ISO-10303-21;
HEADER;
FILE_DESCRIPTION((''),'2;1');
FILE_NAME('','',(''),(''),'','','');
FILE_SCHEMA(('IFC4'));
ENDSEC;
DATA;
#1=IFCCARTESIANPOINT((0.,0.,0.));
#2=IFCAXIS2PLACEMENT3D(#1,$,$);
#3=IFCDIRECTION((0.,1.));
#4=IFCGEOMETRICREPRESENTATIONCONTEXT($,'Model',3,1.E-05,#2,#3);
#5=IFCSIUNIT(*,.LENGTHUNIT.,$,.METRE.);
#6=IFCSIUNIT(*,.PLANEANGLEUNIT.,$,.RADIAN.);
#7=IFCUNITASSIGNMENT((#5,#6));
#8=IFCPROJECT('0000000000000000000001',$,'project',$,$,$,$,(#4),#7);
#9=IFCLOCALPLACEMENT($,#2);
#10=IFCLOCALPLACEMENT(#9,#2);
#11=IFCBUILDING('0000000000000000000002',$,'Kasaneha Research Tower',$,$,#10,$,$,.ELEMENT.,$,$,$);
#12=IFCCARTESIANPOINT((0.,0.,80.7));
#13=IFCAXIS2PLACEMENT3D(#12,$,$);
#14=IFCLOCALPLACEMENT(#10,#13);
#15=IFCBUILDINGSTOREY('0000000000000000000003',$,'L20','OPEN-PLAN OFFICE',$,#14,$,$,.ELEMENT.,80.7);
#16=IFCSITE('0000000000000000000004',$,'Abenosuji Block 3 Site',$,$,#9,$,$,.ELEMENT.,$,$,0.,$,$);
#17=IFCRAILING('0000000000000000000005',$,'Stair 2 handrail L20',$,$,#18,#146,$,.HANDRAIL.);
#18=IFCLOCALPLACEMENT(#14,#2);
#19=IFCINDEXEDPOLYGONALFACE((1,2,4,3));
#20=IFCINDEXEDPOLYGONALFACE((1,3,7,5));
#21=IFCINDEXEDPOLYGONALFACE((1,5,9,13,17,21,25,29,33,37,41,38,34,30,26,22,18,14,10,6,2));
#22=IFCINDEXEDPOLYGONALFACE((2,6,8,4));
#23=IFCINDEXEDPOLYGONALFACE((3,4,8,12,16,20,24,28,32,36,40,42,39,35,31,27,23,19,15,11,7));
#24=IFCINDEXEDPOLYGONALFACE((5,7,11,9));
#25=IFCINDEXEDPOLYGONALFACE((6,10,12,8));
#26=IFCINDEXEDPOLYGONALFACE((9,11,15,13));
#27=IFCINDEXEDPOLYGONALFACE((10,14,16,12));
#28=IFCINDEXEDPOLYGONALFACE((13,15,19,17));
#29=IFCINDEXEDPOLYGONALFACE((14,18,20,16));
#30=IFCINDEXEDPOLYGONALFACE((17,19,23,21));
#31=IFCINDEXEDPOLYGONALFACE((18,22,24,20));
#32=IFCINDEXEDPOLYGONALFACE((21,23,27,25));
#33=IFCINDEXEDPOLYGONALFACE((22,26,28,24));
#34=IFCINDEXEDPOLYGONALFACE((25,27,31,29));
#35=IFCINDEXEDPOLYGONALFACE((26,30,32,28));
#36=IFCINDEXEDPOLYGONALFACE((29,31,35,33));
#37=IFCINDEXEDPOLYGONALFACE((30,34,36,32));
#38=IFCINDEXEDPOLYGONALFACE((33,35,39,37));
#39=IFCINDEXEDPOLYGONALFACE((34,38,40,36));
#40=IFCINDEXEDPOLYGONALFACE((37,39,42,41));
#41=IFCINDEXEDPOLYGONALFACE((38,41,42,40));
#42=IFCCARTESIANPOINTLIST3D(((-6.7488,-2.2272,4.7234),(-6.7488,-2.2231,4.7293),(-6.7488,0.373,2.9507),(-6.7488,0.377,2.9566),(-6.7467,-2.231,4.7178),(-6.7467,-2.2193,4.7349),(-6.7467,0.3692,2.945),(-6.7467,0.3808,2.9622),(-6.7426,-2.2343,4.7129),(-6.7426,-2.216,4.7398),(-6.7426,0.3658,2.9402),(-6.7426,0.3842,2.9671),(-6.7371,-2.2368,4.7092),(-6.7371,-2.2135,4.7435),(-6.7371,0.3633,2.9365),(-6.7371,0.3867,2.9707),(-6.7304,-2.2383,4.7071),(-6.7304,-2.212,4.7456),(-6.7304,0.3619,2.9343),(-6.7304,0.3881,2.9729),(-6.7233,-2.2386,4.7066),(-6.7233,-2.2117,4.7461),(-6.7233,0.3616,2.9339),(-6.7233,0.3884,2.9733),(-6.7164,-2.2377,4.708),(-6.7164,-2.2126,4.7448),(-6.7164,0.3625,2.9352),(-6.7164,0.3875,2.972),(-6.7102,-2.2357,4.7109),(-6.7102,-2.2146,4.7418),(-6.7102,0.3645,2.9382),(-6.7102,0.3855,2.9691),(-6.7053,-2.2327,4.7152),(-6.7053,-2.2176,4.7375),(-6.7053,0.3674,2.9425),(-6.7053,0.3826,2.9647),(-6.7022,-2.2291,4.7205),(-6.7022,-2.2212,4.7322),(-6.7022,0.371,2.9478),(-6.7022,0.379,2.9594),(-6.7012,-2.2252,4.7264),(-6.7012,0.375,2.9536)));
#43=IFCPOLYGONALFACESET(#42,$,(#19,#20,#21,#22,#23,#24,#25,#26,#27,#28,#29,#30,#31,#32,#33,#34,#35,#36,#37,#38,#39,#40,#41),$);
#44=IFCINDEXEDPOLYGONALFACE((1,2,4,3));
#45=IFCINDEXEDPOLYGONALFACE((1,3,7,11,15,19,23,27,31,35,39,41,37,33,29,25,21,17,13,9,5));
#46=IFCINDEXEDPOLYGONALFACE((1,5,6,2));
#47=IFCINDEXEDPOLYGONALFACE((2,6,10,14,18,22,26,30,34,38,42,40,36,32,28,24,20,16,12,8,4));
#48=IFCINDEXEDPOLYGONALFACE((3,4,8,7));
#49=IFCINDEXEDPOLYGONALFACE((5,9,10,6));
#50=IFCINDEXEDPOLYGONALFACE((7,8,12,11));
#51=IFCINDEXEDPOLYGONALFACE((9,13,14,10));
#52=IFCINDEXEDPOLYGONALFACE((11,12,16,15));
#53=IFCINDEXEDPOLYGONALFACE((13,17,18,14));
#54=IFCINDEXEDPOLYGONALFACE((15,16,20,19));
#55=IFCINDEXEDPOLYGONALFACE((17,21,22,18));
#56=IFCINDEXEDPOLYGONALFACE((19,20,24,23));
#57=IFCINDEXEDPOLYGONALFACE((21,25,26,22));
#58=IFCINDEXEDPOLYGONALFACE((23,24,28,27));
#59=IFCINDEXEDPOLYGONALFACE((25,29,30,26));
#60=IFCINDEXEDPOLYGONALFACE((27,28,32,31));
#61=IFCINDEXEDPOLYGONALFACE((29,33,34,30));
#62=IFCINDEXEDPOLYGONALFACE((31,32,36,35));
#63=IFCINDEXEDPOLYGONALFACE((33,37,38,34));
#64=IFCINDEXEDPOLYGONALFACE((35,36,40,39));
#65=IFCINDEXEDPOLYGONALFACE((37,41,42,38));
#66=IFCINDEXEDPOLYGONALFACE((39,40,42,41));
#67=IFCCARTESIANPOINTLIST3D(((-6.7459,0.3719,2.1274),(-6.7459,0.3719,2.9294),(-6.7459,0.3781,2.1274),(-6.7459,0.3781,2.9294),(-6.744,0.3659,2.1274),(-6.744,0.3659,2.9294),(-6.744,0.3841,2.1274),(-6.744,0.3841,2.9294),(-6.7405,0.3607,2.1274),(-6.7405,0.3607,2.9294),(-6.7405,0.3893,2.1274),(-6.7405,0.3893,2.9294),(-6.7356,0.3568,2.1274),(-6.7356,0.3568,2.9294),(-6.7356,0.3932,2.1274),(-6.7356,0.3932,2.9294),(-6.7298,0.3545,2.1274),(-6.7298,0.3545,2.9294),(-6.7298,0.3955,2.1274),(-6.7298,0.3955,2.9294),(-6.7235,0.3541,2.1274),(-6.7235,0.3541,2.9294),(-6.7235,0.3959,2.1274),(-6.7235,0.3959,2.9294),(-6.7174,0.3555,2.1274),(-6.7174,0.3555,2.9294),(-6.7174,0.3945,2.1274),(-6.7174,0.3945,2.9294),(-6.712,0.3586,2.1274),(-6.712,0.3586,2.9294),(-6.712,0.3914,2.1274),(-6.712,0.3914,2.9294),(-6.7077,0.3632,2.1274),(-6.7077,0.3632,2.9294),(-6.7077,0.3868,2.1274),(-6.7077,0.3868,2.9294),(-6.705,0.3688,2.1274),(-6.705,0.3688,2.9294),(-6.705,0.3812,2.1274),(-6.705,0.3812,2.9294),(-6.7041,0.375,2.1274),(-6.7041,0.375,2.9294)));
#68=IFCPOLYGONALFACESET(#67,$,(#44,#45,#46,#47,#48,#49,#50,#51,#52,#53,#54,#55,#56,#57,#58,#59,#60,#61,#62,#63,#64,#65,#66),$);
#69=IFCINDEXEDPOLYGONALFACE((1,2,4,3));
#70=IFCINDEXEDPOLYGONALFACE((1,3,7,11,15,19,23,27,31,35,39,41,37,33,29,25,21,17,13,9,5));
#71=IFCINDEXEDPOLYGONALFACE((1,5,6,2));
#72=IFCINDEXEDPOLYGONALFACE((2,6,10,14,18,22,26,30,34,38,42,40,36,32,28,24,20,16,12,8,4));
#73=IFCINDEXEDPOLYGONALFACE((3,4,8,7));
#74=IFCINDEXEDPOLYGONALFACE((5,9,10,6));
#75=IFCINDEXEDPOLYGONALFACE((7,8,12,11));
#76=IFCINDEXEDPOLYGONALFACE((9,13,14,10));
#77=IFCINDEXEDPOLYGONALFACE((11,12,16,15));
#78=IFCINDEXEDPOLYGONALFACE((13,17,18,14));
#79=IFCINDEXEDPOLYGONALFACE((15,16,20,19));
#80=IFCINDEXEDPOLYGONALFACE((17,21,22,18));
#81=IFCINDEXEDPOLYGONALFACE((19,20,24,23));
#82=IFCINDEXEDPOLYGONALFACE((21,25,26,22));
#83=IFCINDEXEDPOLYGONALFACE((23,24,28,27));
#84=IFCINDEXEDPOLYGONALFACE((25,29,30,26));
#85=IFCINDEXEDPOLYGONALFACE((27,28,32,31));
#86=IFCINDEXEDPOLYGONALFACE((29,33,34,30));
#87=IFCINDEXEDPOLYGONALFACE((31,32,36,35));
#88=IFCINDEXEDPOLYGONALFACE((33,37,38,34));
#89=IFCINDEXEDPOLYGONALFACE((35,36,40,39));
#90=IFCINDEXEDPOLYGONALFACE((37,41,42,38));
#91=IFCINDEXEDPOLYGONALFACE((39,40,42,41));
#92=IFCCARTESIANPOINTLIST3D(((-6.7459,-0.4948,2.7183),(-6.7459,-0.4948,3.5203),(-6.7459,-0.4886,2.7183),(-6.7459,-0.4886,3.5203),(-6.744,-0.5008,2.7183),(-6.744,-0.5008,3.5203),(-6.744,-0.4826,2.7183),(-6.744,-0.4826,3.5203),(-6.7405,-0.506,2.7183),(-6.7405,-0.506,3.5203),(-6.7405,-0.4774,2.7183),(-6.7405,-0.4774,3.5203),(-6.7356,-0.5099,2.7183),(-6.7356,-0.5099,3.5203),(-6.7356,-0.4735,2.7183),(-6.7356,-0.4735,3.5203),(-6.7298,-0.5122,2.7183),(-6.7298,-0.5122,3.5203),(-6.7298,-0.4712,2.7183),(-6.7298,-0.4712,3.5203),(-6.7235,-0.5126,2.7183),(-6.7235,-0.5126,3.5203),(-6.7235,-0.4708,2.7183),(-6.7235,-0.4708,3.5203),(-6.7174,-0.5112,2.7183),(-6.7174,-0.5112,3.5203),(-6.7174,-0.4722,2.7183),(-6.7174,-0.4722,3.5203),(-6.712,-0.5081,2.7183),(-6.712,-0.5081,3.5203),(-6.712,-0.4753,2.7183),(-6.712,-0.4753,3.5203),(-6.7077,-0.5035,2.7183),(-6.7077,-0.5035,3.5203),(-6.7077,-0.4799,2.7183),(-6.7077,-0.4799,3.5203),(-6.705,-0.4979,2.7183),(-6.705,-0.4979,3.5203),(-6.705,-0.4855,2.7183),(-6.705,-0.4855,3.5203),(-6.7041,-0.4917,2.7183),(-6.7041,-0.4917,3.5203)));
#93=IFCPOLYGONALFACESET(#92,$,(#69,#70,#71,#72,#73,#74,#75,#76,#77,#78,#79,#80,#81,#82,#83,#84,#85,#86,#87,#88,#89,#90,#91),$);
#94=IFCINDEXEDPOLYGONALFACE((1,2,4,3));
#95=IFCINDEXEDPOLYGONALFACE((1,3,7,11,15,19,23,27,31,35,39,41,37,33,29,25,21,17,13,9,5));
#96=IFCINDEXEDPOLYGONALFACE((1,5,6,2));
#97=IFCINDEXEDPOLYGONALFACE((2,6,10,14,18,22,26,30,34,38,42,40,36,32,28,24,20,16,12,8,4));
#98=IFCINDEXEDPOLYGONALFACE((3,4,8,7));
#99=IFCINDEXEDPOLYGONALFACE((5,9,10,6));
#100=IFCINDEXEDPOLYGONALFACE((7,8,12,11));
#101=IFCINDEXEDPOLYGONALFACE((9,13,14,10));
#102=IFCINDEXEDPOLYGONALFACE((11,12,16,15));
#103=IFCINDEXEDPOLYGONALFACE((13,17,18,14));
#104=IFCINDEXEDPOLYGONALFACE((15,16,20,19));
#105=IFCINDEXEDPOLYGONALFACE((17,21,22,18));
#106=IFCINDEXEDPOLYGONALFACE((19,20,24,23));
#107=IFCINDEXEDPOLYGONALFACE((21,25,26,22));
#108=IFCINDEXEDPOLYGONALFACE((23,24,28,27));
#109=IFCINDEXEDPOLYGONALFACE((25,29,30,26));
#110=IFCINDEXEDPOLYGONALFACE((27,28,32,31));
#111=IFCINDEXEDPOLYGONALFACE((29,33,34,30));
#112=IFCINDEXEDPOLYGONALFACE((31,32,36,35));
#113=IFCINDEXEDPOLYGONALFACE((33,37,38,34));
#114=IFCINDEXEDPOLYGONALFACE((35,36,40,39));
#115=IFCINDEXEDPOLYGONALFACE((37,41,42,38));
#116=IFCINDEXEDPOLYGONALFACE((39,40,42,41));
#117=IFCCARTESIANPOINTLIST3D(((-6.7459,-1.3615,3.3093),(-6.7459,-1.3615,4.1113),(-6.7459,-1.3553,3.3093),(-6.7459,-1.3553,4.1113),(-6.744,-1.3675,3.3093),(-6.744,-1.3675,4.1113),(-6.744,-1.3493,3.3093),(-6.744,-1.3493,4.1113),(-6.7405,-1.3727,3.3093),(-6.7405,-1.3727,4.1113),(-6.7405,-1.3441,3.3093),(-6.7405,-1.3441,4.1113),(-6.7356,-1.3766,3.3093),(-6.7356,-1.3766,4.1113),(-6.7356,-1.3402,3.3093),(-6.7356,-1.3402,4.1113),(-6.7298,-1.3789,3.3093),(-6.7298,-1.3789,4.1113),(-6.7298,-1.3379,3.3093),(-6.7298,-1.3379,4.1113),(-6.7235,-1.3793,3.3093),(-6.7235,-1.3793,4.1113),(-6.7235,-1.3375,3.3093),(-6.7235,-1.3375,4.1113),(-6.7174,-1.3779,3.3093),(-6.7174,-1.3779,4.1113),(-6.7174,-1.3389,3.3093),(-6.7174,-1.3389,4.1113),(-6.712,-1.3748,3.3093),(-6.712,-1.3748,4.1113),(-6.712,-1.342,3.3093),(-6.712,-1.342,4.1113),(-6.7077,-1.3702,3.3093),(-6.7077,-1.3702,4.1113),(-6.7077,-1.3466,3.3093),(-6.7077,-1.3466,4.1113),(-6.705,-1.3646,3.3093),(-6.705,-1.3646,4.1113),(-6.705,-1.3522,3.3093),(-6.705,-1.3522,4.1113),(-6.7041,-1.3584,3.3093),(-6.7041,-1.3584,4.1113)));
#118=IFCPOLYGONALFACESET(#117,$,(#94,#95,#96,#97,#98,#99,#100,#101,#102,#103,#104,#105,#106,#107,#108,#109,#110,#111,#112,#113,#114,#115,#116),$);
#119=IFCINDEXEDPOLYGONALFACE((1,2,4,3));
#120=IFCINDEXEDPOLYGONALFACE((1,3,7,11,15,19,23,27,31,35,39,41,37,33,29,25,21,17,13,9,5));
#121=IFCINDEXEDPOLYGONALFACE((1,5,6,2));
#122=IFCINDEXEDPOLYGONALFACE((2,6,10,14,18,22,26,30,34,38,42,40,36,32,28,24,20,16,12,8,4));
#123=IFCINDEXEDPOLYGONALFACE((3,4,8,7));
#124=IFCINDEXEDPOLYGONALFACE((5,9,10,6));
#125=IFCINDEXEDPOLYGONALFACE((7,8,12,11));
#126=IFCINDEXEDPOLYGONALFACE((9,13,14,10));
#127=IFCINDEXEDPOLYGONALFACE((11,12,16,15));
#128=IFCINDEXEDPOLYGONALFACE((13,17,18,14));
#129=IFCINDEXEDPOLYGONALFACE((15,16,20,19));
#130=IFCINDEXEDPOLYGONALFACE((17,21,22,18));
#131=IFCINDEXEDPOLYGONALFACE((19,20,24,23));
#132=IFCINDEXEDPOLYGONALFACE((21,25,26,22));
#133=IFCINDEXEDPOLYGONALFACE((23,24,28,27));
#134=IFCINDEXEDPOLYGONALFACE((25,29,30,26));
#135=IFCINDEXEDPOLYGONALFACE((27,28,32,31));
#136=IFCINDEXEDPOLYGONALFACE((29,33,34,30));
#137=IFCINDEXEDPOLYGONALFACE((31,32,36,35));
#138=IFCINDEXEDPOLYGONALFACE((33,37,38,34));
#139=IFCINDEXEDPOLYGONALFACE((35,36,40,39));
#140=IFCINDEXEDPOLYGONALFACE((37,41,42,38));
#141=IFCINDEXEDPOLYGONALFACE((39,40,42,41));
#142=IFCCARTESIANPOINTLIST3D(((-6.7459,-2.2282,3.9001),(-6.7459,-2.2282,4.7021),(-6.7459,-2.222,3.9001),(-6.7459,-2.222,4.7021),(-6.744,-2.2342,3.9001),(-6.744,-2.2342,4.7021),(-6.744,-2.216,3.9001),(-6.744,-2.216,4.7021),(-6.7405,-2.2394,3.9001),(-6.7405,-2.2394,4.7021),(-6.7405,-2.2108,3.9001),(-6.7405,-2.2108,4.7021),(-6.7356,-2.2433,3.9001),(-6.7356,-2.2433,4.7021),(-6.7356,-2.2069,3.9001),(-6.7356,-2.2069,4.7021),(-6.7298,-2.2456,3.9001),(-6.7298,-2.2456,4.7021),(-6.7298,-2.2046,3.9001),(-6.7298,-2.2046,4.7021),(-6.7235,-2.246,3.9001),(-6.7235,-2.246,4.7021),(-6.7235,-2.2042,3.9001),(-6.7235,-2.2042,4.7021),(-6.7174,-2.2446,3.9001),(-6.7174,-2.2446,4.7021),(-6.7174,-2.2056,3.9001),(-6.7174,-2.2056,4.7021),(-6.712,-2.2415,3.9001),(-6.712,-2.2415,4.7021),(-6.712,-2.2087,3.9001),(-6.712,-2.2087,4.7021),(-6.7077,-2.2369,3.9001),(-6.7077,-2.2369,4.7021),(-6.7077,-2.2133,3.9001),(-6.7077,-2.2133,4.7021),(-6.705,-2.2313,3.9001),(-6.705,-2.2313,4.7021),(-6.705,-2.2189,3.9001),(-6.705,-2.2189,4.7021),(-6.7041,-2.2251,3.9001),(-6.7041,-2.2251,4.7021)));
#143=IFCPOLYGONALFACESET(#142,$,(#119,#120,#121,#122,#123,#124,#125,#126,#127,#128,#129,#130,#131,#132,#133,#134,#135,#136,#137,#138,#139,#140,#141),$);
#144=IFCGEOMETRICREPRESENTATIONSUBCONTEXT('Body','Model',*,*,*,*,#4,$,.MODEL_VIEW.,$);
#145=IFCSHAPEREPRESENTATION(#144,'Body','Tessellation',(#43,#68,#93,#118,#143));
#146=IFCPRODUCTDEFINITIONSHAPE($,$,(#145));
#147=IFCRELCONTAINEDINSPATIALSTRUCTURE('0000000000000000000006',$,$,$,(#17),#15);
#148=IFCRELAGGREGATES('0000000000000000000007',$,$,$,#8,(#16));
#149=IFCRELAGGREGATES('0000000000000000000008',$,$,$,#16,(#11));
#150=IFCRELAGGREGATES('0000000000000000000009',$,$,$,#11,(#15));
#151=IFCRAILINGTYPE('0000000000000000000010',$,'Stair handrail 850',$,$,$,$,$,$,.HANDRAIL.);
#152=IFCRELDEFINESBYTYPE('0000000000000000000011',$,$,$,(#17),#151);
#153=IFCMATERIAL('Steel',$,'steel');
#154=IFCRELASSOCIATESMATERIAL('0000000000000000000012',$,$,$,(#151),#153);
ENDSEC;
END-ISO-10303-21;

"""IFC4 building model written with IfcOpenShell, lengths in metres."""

from ifc_helpers import new_model, si_unit, direction, frame, origin, origin_2d, place, context, subcontext, project, spatial, circle, extrude, material, type_object, element, save


model = new_model("IFC4")

# Units and contexts
model_context = context("Model", 3, precision=1e-05, world=origin(), true_north=direction((0.0, 1.0)))
body_context = subcontext(model_context, "Body", "Model", "MODEL_VIEW")
ifc_project = project(units=[si_unit("LENGTHUNIT", "METRE"), si_unit("PLANEANGLEUNIT", "RADIAN")], contexts=[model_context])

# Site, building, storey
site_placement = place(None, origin())
site = spatial("IfcSite", under=ifc_project, at=site_placement, Name="Abenosuji Block 3 Site", CompositionType="ELEMENT", RefElevation=0.0)
building_placement = place(site_placement, origin())
building = spatial("IfcBuilding", under=site, at=building_placement, Name="Kasaneha Research Tower", CompositionType="ELEMENT")
storey_placement = place(building_placement, frame((0.0, 0.0, 80.7)))
storey = spatial("IfcBuildingStorey", under=building, at=storey_placement, Name="L20", Description="OPEN-PLAN OFFICE", CompositionType="ELEMENT", Elevation=80.7)

# Railing
ifc_material_1 = material(Name="Steel", Category="steel")
railing_type_1 = type_object("IfcRailingType", Name="Stair handrail 850", PredefinedType="HANDRAIL", material=ifc_material_1)
railing_1_placement = place(storey_placement, frame((-6.7251, 0.375, 2.1274)))
element("IfcRailing", 1, at=railing_1_placement, inside=storey, type_object=railing_type_1, Name="Stair 2 handrail L20", PredefinedType="HANDRAIL", context=body_context, shape_type="SweptSolid", body=[
    extrude(circle(Radius=0.0239, at=origin_2d()), frame((0.0, 0.0, 0.8262), z_axis=(0.0, -0.82624, 0.563318), x_axis=(1.0, 0.0, 0.0)), (0.0, 0.0, 1.0), 3.147),
    extrude(circle(Radius=0.021, at=origin_2d()), origin(), (0.0, 0.0, 1.0), 0.802),
    extrude(circle(Radius=0.021, at=origin_2d()), frame((0.0, -0.8667, 0.5908)), (0.0, 0.0, 1.0), 0.802),
    extrude(circle(Radius=0.021, at=origin_2d()), frame((0.0, -1.7334, 1.1819)), (0.0, 0.0, 1.0), 0.802),
    extrude(circle(Radius=0.021, at=origin_2d()), frame((0.0, -2.6001, 1.7727)), (0.0, 0.0, 1.0), 0.802),
])

save(model, "model.ifc")
